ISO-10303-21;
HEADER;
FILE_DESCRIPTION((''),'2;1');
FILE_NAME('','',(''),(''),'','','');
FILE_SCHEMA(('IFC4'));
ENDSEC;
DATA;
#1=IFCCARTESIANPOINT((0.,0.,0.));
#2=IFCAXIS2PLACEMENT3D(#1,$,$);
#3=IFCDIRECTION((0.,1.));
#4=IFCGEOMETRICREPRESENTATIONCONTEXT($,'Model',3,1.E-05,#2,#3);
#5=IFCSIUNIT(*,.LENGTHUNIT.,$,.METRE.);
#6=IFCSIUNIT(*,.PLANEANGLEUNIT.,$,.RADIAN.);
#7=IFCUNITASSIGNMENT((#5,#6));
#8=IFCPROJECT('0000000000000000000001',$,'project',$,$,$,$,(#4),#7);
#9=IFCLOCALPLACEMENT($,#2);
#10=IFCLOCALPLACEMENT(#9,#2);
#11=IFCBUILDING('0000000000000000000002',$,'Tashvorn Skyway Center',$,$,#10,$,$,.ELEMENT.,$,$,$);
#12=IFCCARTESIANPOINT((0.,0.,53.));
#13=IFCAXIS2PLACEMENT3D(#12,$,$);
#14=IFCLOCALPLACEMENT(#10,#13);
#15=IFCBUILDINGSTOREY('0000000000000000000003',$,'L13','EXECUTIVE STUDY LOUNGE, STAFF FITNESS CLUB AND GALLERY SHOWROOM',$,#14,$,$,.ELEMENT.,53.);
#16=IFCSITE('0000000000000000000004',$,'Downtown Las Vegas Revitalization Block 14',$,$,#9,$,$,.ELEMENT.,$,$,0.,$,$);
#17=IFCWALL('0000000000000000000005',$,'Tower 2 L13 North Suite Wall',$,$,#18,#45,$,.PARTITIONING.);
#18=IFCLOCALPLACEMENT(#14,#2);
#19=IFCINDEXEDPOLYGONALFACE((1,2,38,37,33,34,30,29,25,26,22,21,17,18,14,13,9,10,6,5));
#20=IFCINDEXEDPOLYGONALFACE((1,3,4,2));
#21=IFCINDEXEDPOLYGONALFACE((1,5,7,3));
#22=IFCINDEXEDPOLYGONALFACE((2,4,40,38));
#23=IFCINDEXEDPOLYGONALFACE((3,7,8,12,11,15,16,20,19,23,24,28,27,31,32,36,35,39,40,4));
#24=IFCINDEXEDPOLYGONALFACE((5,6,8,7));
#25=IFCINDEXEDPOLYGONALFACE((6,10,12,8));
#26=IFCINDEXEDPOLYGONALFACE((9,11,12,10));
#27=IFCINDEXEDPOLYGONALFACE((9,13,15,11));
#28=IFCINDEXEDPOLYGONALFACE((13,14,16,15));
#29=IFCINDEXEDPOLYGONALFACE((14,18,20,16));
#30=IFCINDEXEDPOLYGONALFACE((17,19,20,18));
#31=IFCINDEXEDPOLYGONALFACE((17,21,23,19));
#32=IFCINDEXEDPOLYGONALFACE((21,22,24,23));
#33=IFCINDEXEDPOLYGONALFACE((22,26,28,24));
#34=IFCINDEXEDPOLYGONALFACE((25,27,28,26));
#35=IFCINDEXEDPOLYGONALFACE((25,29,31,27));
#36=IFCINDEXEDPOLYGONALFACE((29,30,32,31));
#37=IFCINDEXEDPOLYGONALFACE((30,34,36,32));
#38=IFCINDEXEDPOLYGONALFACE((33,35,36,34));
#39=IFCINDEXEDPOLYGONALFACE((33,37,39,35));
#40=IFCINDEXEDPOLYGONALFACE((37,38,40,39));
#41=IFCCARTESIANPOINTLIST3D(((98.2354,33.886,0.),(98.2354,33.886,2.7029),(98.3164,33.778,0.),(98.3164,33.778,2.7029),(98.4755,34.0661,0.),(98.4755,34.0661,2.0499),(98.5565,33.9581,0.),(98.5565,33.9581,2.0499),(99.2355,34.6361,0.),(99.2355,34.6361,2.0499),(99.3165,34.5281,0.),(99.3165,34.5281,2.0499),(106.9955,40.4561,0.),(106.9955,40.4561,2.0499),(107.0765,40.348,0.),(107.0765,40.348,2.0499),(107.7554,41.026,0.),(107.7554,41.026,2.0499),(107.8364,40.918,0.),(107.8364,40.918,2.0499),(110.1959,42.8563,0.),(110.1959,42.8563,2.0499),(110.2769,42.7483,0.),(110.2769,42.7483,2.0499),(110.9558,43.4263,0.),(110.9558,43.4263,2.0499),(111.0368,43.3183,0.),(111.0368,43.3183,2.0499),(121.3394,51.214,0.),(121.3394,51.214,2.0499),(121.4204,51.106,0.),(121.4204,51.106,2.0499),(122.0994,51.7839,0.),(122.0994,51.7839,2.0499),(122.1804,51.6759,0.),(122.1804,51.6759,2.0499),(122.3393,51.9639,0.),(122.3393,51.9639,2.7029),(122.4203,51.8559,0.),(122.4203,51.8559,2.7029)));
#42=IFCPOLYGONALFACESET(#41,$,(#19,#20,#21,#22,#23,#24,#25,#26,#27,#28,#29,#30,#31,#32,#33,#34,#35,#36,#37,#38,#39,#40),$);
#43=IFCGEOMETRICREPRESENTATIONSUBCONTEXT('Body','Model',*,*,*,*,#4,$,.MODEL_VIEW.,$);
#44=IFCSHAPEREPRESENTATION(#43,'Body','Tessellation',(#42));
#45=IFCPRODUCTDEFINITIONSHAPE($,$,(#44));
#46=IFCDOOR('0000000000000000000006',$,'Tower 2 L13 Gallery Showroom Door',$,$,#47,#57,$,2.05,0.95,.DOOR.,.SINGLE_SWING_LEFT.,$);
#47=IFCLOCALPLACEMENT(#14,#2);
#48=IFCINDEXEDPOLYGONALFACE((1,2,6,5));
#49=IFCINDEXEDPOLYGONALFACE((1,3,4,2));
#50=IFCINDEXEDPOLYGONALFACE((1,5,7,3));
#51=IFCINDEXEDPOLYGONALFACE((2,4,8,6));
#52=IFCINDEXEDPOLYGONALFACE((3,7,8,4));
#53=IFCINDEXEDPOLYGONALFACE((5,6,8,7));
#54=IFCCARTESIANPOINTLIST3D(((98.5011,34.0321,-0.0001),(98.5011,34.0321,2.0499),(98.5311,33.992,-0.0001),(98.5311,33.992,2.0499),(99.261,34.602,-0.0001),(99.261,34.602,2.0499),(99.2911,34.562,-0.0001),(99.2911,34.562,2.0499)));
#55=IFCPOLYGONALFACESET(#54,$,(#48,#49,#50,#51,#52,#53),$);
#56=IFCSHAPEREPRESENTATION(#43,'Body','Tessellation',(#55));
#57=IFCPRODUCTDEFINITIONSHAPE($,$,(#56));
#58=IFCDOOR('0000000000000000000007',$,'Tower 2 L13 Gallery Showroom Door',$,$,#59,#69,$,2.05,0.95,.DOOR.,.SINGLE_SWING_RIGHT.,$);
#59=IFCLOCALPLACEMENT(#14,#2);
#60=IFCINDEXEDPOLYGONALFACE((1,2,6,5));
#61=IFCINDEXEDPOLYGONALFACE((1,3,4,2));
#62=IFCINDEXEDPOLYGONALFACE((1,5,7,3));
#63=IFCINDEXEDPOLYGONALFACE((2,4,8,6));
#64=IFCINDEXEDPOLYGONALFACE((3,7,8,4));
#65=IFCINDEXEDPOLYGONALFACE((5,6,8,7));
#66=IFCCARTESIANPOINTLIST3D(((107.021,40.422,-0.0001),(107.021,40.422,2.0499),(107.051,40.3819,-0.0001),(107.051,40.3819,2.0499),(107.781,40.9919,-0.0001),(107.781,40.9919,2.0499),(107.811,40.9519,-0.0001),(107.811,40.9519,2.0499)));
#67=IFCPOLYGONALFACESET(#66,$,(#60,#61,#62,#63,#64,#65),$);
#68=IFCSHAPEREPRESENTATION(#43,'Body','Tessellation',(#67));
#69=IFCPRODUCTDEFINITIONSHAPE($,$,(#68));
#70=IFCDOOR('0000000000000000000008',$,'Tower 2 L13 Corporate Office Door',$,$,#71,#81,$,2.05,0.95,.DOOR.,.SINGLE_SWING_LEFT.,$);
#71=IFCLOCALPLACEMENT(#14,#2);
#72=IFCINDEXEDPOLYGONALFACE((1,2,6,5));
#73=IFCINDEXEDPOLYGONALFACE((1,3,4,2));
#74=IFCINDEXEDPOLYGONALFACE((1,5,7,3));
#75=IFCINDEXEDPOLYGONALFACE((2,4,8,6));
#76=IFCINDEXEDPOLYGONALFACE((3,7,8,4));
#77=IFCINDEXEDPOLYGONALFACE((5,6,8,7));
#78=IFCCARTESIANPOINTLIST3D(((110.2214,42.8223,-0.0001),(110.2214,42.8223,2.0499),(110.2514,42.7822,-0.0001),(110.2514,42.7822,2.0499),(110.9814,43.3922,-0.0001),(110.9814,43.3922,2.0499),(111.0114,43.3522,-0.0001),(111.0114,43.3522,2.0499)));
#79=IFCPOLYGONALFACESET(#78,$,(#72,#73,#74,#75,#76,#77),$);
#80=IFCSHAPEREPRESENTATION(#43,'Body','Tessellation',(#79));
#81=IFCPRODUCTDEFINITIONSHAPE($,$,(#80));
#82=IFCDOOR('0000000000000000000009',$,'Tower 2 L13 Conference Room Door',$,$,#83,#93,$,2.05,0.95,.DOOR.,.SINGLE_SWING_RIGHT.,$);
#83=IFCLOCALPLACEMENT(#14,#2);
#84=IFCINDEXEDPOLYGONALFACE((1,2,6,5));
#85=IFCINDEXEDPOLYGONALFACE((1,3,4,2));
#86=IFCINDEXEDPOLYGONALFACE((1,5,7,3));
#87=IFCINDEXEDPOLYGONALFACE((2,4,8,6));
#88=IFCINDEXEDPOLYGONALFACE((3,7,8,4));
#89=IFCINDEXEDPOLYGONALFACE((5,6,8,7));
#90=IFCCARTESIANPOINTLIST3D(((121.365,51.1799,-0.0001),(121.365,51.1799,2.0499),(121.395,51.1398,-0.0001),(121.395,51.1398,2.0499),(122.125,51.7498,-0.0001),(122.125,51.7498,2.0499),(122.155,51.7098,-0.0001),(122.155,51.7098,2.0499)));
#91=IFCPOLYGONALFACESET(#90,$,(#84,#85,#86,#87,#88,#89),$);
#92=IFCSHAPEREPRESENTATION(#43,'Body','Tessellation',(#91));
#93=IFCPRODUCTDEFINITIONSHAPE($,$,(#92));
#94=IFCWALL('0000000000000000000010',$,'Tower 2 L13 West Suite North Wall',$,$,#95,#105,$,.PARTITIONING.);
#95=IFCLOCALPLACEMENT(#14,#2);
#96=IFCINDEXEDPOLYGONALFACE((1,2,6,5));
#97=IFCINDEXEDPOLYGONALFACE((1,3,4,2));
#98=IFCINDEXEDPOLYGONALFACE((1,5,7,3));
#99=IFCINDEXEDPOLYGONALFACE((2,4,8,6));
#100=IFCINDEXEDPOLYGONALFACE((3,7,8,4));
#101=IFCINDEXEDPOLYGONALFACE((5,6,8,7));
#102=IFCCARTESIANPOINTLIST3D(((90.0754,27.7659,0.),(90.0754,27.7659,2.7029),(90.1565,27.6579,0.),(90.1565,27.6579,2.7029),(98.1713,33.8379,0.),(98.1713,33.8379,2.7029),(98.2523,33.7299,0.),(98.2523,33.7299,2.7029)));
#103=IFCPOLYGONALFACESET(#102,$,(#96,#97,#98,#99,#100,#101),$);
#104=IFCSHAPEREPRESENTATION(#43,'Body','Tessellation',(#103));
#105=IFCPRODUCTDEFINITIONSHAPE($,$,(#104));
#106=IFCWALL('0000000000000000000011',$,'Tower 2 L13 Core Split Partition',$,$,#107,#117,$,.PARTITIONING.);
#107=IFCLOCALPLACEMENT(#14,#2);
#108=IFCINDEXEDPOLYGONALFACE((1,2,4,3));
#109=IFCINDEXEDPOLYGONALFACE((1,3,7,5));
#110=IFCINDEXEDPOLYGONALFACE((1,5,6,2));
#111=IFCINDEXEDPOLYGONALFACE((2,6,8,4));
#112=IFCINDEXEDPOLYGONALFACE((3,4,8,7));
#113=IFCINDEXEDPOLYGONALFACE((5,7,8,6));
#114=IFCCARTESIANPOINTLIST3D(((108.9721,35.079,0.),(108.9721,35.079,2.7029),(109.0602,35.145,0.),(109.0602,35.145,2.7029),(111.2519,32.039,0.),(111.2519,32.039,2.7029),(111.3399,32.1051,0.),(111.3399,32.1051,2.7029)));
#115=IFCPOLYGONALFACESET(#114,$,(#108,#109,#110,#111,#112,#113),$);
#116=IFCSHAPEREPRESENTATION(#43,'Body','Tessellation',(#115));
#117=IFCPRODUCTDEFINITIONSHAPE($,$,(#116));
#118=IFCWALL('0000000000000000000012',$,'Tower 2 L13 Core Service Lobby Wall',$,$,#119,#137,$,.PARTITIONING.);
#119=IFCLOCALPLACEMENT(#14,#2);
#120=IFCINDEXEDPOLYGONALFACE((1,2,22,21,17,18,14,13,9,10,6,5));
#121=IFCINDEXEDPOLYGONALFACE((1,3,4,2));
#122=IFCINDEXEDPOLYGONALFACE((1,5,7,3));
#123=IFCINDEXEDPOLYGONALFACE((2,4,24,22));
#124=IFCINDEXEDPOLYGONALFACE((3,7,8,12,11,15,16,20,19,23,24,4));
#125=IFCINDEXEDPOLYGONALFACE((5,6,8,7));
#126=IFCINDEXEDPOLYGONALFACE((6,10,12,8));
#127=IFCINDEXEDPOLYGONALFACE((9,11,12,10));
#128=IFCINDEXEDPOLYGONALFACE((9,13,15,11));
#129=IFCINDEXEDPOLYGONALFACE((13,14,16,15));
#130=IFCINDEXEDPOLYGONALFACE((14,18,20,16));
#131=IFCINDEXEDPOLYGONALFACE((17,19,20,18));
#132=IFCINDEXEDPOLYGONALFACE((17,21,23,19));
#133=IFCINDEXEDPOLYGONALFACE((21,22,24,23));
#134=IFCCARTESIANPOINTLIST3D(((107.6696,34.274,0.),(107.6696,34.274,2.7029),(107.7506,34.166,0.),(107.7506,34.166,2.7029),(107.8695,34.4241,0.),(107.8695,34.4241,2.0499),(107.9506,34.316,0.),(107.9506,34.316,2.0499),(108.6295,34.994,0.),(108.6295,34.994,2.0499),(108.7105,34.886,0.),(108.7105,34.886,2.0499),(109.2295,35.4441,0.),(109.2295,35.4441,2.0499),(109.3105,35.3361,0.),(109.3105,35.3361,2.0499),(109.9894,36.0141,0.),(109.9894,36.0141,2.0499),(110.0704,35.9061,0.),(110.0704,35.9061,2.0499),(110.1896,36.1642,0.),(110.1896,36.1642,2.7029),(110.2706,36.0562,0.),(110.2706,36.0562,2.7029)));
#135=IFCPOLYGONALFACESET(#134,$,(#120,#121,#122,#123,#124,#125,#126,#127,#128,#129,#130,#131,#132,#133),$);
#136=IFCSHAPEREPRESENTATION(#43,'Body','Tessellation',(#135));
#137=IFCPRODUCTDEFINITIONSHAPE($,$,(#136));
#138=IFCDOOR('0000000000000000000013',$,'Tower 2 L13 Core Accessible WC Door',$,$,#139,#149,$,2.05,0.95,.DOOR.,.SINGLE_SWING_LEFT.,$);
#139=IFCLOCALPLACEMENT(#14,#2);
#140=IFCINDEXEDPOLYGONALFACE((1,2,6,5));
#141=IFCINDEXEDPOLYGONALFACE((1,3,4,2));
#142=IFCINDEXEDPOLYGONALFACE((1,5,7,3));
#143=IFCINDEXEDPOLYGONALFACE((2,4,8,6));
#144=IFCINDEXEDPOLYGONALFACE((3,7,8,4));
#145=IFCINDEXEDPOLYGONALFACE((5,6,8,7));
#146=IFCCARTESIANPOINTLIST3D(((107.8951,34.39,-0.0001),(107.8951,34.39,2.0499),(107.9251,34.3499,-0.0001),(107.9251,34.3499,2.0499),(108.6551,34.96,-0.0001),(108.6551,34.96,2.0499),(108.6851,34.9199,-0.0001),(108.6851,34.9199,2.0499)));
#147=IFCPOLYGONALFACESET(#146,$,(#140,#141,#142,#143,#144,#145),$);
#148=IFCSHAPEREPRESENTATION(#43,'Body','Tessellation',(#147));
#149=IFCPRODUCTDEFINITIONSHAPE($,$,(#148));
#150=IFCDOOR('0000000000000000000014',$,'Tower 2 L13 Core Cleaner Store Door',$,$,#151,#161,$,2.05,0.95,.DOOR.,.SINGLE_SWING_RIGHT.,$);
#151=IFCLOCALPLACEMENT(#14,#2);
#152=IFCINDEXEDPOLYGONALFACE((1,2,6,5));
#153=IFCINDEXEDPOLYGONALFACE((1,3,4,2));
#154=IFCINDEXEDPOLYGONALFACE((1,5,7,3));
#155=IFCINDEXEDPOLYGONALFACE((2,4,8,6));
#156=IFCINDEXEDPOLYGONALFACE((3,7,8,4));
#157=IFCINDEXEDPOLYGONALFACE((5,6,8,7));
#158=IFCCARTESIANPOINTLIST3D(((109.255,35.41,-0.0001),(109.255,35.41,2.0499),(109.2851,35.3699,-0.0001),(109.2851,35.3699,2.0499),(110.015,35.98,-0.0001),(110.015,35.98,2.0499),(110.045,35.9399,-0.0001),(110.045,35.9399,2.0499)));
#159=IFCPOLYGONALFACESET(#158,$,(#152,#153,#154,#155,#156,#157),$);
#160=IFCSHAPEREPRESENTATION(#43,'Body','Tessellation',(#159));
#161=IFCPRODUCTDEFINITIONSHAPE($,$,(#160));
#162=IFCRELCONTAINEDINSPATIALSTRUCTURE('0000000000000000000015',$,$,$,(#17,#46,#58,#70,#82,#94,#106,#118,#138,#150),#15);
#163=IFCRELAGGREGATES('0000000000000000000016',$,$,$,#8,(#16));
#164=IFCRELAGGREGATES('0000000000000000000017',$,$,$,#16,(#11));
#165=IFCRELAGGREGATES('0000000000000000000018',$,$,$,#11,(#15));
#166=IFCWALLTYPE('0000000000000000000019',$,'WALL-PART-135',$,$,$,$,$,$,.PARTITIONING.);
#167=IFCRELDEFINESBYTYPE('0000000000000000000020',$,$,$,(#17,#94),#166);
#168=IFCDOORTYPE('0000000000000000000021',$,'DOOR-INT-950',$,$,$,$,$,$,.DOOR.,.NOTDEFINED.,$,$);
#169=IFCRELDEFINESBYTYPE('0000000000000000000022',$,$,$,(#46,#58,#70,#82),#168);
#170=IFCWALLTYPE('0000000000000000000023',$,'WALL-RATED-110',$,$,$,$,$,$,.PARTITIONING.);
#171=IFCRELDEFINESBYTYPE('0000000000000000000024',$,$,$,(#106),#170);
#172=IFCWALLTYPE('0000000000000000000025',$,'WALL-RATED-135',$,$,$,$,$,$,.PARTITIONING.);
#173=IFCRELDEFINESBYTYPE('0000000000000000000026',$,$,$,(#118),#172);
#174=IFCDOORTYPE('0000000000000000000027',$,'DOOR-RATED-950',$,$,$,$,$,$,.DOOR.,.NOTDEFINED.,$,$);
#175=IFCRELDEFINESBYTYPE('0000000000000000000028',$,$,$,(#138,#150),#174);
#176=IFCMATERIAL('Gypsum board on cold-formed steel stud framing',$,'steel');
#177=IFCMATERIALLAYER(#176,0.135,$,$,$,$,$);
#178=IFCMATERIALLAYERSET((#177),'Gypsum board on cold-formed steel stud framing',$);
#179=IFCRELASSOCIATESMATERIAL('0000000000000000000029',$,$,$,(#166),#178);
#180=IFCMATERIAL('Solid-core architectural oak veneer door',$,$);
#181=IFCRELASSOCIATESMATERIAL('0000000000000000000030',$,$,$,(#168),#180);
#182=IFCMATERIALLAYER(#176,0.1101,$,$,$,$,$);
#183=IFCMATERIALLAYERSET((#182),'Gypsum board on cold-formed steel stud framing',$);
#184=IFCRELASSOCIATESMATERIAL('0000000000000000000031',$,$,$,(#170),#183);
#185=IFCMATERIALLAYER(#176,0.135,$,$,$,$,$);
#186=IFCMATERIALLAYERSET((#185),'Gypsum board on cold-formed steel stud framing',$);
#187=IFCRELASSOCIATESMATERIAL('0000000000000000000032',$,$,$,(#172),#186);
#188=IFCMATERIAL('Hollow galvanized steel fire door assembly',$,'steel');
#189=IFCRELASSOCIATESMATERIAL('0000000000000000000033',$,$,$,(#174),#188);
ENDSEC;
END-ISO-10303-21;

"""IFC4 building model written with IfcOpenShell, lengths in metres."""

from ifc_helpers import new_model, si_unit, direction, frame, frame_2d, origin, place, context, subcontext, project, spatial, rectangle, extrude, material, layer, layer_set, type_object, element, fill, save


model = new_model("IFC4")

# Units and contexts
model_context = context("Model", 3, precision=1e-05, world=origin(), true_north=direction((0.0, 1.0)))
body_context = subcontext(model_context, "Body", "Model", "MODEL_VIEW")
ifc_project = project(units=[si_unit("LENGTHUNIT", "METRE"), si_unit("PLANEANGLEUNIT", "RADIAN")], contexts=[model_context])

# Site, building, storey
site_placement = place(None, origin())
site = spatial("IfcSite", under=ifc_project, at=site_placement, Name="Downtown Las Vegas Revitalization Block 14", CompositionType="ELEMENT", RefElevation=0.0)
building_placement = place(site_placement, origin())
building = spatial("IfcBuilding", under=site, at=building_placement, Name="Tashvorn Skyway Center", CompositionType="ELEMENT")
storey_placement = place(building_placement, frame((0.0, 0.0, 53.0)))
storey = spatial("IfcBuildingStorey", under=building, at=storey_placement, Name="L13", Description="EXECUTIVE STUDY LOUNGE, STAFF FITNESS CLUB AND GALLERY SHOWROOM", CompositionType="ELEMENT", Elevation=53.0)

# Shared definitions
ifc_material_1 = material(Name="Hollow galvanized steel fire door assembly", Category="steel")

# Shared definitions
ifc_material_2 = material(Name="Gypsum board on cold-formed steel stud framing", Category="steel")

# Wall, openings, doors
ifc_layer_1 = layer(ifc_material_2, 0.135)
ifc_layer_set_1 = layer_set([ifc_layer_1], Name="Gypsum board on cold-formed steel stud framing")
wall_type_1 = type_object("IfcWallType", Name="WALL-PART-135", PredefinedType="PARTITIONING", material=ifc_layer_set_1)
wall_1_placement = place(storey_placement, frame((98.2759, 33.832, 0.0), z_axis=(0.0, 0.0, 1.0), x_axis=(0.800002, 0.599997, 0.0)))
wall_1 = element("IfcWall", 1, at=wall_1_placement, inside=storey, type_object=wall_type_1, Name="Tower 2 L13 North Suite Wall", PredefinedType="PARTITIONING", context=body_context, shape_type="SweptSolid", body=[
    extrude(rectangle(XDim=30.1299, YDim=0.135, at=frame_2d((15.0649, 0.0))), origin(), (0.0, 0.0, 1.0), 2.7029),
])
opening_1_placement = place(wall_1_placement, frame((0.3, 0.0, 0.0)))
opening_1 = element("IfcOpeningElement", 2, at=opening_1_placement, cuts=wall_1, PredefinedType="OPENING", context=body_context, shape_type="SweptSolid", body=[
    extrude(rectangle(XDim=0.95, YDim=2.05, at=frame_2d((0.4751, 1.0249))), frame((0.0, 0.0774, 0.0), z_axis=(0.0, -1.0, 0.0), x_axis=(1.0, 0.0, 0.0)), (0.0, 0.0, 1.0), 0.155),
])
opening_2_placement = place(wall_1_placement, frame((10.95, 0.0, 0.0)))
opening_2 = element("IfcOpeningElement", 3, at=opening_2_placement, cuts=wall_1, PredefinedType="OPENING", context=body_context, shape_type="SweptSolid", body=[
    extrude(rectangle(XDim=0.95, YDim=2.05, at=frame_2d((0.4751, 1.0249))), frame((0.0, 0.0774, 0.0), z_axis=(0.0, -1.0, 0.0), x_axis=(1.0, 0.0, 0.0)), (0.0, 0.0, 1.0), 0.155),
])
opening_3_placement = place(wall_1_placement, frame((14.9504, 0.0, 0.0)))
opening_3 = element("IfcOpeningElement", 4, at=opening_3_placement, cuts=wall_1, PredefinedType="OPENING", context=body_context, shape_type="SweptSolid", body=[
    extrude(rectangle(XDim=0.95, YDim=2.05, at=frame_2d((0.4751, 1.0249))), frame((0.0, 0.0774, 0.0), z_axis=(0.0, -1.0, 0.0), x_axis=(1.0, 0.0, 0.0)), (0.0, 0.0, 1.0), 0.155),
])
opening_4_placement = place(wall_1_placement, frame((28.8799, 0.0, 0.0)))
opening_4 = element("IfcOpeningElement", 5, at=opening_4_placement, cuts=wall_1, PredefinedType="OPENING", context=body_context, shape_type="SweptSolid", body=[
    extrude(rectangle(XDim=0.95, YDim=2.05, at=frame_2d((0.4751, 1.0249))), frame((0.0, 0.0774, 0.0), z_axis=(0.0, -1.0, 0.0), x_axis=(1.0, 0.0, 0.0)), (0.0, 0.0, 1.0), 0.155),
])
ifc_material_3 = material(Name="Solid-core architectural oak veneer door")
door_type_1 = type_object("IfcDoorType", Name="DOOR-INT-950", OperationType="NOTDEFINED", PredefinedType="DOOR", material=ifc_material_3)
door_1_placement = place(opening_1_placement, origin())
door_1 = element("IfcDoor", 6, at=door_1_placement, inside=storey, type_object=door_type_1, Name="Tower 2 L13 Gallery Showroom Door", OperationType="SINGLE_SWING_LEFT", OverallHeight=2.05, OverallWidth=0.95, PredefinedType="DOOR", context=body_context, shape_type="SweptSolid", body=[
    extrude(rectangle(XDim=0.95, YDim=2.05, at=frame_2d((0.4751, 1.0249))), frame((0.0, 0.0249, 0.0), z_axis=(0.0, -1.0, 0.0), x_axis=(1.0, 0.0, 0.0)), (0.0, 0.0, 1.0), 0.05),
])
fill(opening_1, door_1)
door_2_placement = place(opening_2_placement, origin())
door_2 = element("IfcDoor", 7, at=door_2_placement, inside=storey, type_object=door_type_1, Name="Tower 2 L13 Gallery Showroom Door", OperationType="SINGLE_SWING_RIGHT", OverallHeight=2.05, OverallWidth=0.95, PredefinedType="DOOR", context=body_context, shape_type="SweptSolid", body=[
    extrude(rectangle(XDim=0.95, YDim=2.05, at=frame_2d((0.4751, 1.0249))), frame((0.0, 0.0249, 0.0), z_axis=(0.0, -1.0, 0.0), x_axis=(1.0, 0.0, 0.0)), (0.0, 0.0, 1.0), 0.05),
])
fill(opening_2, door_2)
door_3_placement = place(opening_3_placement, origin())
door_3 = element("IfcDoor", 8, at=door_3_placement, inside=storey, type_object=door_type_1, Name="Tower 2 L13 Corporate Office Door", OperationType="SINGLE_SWING_LEFT", OverallHeight=2.05, OverallWidth=0.95, PredefinedType="DOOR", context=body_context, shape_type="SweptSolid", body=[
    extrude(rectangle(XDim=0.95, YDim=2.05, at=frame_2d((0.4751, 1.0249))), frame((0.0, 0.0249, 0.0), z_axis=(0.0, -1.0, 0.0), x_axis=(1.0, 0.0, 0.0)), (0.0, 0.0, 1.0), 0.05),
])
fill(opening_3, door_3)
door_4_placement = place(opening_4_placement, origin())
door_4 = element("IfcDoor", 9, at=door_4_placement, inside=storey, type_object=door_type_1, Name="Tower 2 L13 Conference Room Door", OperationType="SINGLE_SWING_RIGHT", OverallHeight=2.05, OverallWidth=0.95, PredefinedType="DOOR", context=body_context, shape_type="SweptSolid", body=[
    extrude(rectangle(XDim=0.95, YDim=2.05, at=frame_2d((0.4751, 1.0249))), frame((0.0, 0.0249, 0.0), z_axis=(0.0, -1.0, 0.0), x_axis=(1.0, 0.0, 0.0)), (0.0, 0.0, 1.0), 0.05),
])
fill(opening_4, door_4)

# Walls
wall_2_placement = place(storey_placement, frame((98.2119, 33.7839, 0.0), z_axis=(0.0, 0.0, 1.0), x_axis=(-0.799997, -0.600004, 0.0)))
element("IfcWall", 10, at=wall_2_placement, inside=storey, type_object=wall_type_1, Name="Tower 2 L13 West Suite North Wall", PredefinedType="PARTITIONING", context=body_context, shape_type="SweptSolid", body=[
    extrude(rectangle(XDim=10.1199, YDim=0.135, at=frame_2d((5.0601, 0.0))), origin(), (0.0, 0.0, 1.0), 2.7029),
])
ifc_layer_2 = layer(ifc_material_2, 0.1101)
ifc_layer_set_2 = layer_set([ifc_layer_2], Name="Gypsum board on cold-formed steel stud framing")
wall_type_2 = type_object("IfcWallType", Name="WALL-RATED-110", PredefinedType="PARTITIONING", material=ifc_layer_set_2)
wall_3_placement = place(storey_placement, frame((111.2959, 32.072, 0.0), z_axis=(0.0, 0.0, 1.0), x_axis=(-0.599959, 0.800031, 0.0)))
element("IfcWall", 11, at=wall_3_placement, inside=storey, type_object=wall_type_2, Name="Tower 2 L13 Core Split Partition", PredefinedType="PARTITIONING", context=body_context, shape_type="SweptSolid", body=[
    extrude(rectangle(XDim=3.7998, YDim=0.1101, at=frame_2d((1.8999, 0.0))), origin(), (0.0, 0.0, 1.0), 2.7029),
])

# Wall, openings, doors
ifc_layer_3 = layer(ifc_material_2, 0.135)
ifc_layer_set_3 = layer_set([ifc_layer_3], Name="Gypsum board on cold-formed steel stud framing")
wall_type_3 = type_object("IfcWallType", Name="WALL-RATED-135", PredefinedType="PARTITIONING", material=ifc_layer_set_3)
wall_4_placement = place(storey_placement, frame((107.71, 34.22, 0.0), z_axis=(0.0, 0.0, 1.0), x_axis=(0.799981, 0.600025, 0.0)))
wall_4 = element("IfcWall", 12, at=wall_4_placement, inside=storey, type_object=wall_type_3, Name="Tower 2 L13 Core Service Lobby Wall", PredefinedType="PARTITIONING", context=body_context, shape_type="SweptSolid", body=[
    extrude(rectangle(XDim=3.1501, YDim=0.135, at=frame_2d((1.5752, 0.0))), origin(), (0.0, 0.0, 1.0), 2.7029),
])
opening_5_placement = place(wall_4_placement, frame((0.25, 0.0, 0.0)))
opening_5 = element("IfcOpeningElement", 13, at=opening_5_placement, cuts=wall_4, PredefinedType="OPENING", context=body_context, shape_type="SweptSolid", body=[
    extrude(rectangle(XDim=0.95, YDim=2.05, at=frame_2d((0.4751, 1.0249))), frame((0.0, 0.0774, 0.0), z_axis=(0.0, -1.0, 0.0), x_axis=(1.0, 0.0, 0.0)), (0.0, 0.0, 1.0), 0.155),
])
opening_6_placement = place(wall_4_placement, frame((1.95, 0.0, 0.0)))
opening_6 = element("IfcOpeningElement", 14, at=opening_6_placement, cuts=wall_4, PredefinedType="OPENING", context=body_context, shape_type="SweptSolid", body=[
    extrude(rectangle(XDim=0.95, YDim=2.05, at=frame_2d((0.4751, 1.0249))), frame((0.0, 0.0774, 0.0), z_axis=(0.0, -1.0, 0.0), x_axis=(1.0, 0.0, 0.0)), (0.0, 0.0, 1.0), 0.155),
])
door_type_2 = type_object("IfcDoorType", Name="DOOR-RATED-950", OperationType="NOTDEFINED", PredefinedType="DOOR", material=ifc_material_1)
door_5_placement = place(opening_5_placement, origin())
door_5 = element("IfcDoor", 15, at=door_5_placement, inside=storey, type_object=door_type_2, Name="Tower 2 L13 Core Accessible WC Door", OperationType="SINGLE_SWING_LEFT", OverallHeight=2.05, OverallWidth=0.95, PredefinedType="DOOR", context=body_context, shape_type="SweptSolid", body=[
    extrude(rectangle(XDim=0.95, YDim=2.05, at=frame_2d((0.4751, 1.0249))), frame((0.0, 0.0249, 0.0), z_axis=(0.0, -1.0, 0.0), x_axis=(1.0, 0.0, 0.0)), (0.0, 0.0, 1.0), 0.05),
])
fill(opening_5, door_5)
door_6_placement = place(opening_6_placement, origin())
door_6 = element("IfcDoor", 16, at=door_6_placement, inside=storey, type_object=door_type_2, Name="Tower 2 L13 Core Cleaner Store Door", OperationType="SINGLE_SWING_RIGHT", OverallHeight=2.05, OverallWidth=0.95, PredefinedType="DOOR", context=body_context, shape_type="SweptSolid", body=[
    extrude(rectangle(XDim=0.95, YDim=2.05, at=frame_2d((0.4751, 1.0249))), frame((0.0, 0.0249, 0.0), z_axis=(0.0, -1.0, 0.0), x_axis=(1.0, 0.0, 0.0)), (0.0, 0.0, 1.0), 0.05),
])
fill(opening_6, door_6)

save(model, "model.ifc")
